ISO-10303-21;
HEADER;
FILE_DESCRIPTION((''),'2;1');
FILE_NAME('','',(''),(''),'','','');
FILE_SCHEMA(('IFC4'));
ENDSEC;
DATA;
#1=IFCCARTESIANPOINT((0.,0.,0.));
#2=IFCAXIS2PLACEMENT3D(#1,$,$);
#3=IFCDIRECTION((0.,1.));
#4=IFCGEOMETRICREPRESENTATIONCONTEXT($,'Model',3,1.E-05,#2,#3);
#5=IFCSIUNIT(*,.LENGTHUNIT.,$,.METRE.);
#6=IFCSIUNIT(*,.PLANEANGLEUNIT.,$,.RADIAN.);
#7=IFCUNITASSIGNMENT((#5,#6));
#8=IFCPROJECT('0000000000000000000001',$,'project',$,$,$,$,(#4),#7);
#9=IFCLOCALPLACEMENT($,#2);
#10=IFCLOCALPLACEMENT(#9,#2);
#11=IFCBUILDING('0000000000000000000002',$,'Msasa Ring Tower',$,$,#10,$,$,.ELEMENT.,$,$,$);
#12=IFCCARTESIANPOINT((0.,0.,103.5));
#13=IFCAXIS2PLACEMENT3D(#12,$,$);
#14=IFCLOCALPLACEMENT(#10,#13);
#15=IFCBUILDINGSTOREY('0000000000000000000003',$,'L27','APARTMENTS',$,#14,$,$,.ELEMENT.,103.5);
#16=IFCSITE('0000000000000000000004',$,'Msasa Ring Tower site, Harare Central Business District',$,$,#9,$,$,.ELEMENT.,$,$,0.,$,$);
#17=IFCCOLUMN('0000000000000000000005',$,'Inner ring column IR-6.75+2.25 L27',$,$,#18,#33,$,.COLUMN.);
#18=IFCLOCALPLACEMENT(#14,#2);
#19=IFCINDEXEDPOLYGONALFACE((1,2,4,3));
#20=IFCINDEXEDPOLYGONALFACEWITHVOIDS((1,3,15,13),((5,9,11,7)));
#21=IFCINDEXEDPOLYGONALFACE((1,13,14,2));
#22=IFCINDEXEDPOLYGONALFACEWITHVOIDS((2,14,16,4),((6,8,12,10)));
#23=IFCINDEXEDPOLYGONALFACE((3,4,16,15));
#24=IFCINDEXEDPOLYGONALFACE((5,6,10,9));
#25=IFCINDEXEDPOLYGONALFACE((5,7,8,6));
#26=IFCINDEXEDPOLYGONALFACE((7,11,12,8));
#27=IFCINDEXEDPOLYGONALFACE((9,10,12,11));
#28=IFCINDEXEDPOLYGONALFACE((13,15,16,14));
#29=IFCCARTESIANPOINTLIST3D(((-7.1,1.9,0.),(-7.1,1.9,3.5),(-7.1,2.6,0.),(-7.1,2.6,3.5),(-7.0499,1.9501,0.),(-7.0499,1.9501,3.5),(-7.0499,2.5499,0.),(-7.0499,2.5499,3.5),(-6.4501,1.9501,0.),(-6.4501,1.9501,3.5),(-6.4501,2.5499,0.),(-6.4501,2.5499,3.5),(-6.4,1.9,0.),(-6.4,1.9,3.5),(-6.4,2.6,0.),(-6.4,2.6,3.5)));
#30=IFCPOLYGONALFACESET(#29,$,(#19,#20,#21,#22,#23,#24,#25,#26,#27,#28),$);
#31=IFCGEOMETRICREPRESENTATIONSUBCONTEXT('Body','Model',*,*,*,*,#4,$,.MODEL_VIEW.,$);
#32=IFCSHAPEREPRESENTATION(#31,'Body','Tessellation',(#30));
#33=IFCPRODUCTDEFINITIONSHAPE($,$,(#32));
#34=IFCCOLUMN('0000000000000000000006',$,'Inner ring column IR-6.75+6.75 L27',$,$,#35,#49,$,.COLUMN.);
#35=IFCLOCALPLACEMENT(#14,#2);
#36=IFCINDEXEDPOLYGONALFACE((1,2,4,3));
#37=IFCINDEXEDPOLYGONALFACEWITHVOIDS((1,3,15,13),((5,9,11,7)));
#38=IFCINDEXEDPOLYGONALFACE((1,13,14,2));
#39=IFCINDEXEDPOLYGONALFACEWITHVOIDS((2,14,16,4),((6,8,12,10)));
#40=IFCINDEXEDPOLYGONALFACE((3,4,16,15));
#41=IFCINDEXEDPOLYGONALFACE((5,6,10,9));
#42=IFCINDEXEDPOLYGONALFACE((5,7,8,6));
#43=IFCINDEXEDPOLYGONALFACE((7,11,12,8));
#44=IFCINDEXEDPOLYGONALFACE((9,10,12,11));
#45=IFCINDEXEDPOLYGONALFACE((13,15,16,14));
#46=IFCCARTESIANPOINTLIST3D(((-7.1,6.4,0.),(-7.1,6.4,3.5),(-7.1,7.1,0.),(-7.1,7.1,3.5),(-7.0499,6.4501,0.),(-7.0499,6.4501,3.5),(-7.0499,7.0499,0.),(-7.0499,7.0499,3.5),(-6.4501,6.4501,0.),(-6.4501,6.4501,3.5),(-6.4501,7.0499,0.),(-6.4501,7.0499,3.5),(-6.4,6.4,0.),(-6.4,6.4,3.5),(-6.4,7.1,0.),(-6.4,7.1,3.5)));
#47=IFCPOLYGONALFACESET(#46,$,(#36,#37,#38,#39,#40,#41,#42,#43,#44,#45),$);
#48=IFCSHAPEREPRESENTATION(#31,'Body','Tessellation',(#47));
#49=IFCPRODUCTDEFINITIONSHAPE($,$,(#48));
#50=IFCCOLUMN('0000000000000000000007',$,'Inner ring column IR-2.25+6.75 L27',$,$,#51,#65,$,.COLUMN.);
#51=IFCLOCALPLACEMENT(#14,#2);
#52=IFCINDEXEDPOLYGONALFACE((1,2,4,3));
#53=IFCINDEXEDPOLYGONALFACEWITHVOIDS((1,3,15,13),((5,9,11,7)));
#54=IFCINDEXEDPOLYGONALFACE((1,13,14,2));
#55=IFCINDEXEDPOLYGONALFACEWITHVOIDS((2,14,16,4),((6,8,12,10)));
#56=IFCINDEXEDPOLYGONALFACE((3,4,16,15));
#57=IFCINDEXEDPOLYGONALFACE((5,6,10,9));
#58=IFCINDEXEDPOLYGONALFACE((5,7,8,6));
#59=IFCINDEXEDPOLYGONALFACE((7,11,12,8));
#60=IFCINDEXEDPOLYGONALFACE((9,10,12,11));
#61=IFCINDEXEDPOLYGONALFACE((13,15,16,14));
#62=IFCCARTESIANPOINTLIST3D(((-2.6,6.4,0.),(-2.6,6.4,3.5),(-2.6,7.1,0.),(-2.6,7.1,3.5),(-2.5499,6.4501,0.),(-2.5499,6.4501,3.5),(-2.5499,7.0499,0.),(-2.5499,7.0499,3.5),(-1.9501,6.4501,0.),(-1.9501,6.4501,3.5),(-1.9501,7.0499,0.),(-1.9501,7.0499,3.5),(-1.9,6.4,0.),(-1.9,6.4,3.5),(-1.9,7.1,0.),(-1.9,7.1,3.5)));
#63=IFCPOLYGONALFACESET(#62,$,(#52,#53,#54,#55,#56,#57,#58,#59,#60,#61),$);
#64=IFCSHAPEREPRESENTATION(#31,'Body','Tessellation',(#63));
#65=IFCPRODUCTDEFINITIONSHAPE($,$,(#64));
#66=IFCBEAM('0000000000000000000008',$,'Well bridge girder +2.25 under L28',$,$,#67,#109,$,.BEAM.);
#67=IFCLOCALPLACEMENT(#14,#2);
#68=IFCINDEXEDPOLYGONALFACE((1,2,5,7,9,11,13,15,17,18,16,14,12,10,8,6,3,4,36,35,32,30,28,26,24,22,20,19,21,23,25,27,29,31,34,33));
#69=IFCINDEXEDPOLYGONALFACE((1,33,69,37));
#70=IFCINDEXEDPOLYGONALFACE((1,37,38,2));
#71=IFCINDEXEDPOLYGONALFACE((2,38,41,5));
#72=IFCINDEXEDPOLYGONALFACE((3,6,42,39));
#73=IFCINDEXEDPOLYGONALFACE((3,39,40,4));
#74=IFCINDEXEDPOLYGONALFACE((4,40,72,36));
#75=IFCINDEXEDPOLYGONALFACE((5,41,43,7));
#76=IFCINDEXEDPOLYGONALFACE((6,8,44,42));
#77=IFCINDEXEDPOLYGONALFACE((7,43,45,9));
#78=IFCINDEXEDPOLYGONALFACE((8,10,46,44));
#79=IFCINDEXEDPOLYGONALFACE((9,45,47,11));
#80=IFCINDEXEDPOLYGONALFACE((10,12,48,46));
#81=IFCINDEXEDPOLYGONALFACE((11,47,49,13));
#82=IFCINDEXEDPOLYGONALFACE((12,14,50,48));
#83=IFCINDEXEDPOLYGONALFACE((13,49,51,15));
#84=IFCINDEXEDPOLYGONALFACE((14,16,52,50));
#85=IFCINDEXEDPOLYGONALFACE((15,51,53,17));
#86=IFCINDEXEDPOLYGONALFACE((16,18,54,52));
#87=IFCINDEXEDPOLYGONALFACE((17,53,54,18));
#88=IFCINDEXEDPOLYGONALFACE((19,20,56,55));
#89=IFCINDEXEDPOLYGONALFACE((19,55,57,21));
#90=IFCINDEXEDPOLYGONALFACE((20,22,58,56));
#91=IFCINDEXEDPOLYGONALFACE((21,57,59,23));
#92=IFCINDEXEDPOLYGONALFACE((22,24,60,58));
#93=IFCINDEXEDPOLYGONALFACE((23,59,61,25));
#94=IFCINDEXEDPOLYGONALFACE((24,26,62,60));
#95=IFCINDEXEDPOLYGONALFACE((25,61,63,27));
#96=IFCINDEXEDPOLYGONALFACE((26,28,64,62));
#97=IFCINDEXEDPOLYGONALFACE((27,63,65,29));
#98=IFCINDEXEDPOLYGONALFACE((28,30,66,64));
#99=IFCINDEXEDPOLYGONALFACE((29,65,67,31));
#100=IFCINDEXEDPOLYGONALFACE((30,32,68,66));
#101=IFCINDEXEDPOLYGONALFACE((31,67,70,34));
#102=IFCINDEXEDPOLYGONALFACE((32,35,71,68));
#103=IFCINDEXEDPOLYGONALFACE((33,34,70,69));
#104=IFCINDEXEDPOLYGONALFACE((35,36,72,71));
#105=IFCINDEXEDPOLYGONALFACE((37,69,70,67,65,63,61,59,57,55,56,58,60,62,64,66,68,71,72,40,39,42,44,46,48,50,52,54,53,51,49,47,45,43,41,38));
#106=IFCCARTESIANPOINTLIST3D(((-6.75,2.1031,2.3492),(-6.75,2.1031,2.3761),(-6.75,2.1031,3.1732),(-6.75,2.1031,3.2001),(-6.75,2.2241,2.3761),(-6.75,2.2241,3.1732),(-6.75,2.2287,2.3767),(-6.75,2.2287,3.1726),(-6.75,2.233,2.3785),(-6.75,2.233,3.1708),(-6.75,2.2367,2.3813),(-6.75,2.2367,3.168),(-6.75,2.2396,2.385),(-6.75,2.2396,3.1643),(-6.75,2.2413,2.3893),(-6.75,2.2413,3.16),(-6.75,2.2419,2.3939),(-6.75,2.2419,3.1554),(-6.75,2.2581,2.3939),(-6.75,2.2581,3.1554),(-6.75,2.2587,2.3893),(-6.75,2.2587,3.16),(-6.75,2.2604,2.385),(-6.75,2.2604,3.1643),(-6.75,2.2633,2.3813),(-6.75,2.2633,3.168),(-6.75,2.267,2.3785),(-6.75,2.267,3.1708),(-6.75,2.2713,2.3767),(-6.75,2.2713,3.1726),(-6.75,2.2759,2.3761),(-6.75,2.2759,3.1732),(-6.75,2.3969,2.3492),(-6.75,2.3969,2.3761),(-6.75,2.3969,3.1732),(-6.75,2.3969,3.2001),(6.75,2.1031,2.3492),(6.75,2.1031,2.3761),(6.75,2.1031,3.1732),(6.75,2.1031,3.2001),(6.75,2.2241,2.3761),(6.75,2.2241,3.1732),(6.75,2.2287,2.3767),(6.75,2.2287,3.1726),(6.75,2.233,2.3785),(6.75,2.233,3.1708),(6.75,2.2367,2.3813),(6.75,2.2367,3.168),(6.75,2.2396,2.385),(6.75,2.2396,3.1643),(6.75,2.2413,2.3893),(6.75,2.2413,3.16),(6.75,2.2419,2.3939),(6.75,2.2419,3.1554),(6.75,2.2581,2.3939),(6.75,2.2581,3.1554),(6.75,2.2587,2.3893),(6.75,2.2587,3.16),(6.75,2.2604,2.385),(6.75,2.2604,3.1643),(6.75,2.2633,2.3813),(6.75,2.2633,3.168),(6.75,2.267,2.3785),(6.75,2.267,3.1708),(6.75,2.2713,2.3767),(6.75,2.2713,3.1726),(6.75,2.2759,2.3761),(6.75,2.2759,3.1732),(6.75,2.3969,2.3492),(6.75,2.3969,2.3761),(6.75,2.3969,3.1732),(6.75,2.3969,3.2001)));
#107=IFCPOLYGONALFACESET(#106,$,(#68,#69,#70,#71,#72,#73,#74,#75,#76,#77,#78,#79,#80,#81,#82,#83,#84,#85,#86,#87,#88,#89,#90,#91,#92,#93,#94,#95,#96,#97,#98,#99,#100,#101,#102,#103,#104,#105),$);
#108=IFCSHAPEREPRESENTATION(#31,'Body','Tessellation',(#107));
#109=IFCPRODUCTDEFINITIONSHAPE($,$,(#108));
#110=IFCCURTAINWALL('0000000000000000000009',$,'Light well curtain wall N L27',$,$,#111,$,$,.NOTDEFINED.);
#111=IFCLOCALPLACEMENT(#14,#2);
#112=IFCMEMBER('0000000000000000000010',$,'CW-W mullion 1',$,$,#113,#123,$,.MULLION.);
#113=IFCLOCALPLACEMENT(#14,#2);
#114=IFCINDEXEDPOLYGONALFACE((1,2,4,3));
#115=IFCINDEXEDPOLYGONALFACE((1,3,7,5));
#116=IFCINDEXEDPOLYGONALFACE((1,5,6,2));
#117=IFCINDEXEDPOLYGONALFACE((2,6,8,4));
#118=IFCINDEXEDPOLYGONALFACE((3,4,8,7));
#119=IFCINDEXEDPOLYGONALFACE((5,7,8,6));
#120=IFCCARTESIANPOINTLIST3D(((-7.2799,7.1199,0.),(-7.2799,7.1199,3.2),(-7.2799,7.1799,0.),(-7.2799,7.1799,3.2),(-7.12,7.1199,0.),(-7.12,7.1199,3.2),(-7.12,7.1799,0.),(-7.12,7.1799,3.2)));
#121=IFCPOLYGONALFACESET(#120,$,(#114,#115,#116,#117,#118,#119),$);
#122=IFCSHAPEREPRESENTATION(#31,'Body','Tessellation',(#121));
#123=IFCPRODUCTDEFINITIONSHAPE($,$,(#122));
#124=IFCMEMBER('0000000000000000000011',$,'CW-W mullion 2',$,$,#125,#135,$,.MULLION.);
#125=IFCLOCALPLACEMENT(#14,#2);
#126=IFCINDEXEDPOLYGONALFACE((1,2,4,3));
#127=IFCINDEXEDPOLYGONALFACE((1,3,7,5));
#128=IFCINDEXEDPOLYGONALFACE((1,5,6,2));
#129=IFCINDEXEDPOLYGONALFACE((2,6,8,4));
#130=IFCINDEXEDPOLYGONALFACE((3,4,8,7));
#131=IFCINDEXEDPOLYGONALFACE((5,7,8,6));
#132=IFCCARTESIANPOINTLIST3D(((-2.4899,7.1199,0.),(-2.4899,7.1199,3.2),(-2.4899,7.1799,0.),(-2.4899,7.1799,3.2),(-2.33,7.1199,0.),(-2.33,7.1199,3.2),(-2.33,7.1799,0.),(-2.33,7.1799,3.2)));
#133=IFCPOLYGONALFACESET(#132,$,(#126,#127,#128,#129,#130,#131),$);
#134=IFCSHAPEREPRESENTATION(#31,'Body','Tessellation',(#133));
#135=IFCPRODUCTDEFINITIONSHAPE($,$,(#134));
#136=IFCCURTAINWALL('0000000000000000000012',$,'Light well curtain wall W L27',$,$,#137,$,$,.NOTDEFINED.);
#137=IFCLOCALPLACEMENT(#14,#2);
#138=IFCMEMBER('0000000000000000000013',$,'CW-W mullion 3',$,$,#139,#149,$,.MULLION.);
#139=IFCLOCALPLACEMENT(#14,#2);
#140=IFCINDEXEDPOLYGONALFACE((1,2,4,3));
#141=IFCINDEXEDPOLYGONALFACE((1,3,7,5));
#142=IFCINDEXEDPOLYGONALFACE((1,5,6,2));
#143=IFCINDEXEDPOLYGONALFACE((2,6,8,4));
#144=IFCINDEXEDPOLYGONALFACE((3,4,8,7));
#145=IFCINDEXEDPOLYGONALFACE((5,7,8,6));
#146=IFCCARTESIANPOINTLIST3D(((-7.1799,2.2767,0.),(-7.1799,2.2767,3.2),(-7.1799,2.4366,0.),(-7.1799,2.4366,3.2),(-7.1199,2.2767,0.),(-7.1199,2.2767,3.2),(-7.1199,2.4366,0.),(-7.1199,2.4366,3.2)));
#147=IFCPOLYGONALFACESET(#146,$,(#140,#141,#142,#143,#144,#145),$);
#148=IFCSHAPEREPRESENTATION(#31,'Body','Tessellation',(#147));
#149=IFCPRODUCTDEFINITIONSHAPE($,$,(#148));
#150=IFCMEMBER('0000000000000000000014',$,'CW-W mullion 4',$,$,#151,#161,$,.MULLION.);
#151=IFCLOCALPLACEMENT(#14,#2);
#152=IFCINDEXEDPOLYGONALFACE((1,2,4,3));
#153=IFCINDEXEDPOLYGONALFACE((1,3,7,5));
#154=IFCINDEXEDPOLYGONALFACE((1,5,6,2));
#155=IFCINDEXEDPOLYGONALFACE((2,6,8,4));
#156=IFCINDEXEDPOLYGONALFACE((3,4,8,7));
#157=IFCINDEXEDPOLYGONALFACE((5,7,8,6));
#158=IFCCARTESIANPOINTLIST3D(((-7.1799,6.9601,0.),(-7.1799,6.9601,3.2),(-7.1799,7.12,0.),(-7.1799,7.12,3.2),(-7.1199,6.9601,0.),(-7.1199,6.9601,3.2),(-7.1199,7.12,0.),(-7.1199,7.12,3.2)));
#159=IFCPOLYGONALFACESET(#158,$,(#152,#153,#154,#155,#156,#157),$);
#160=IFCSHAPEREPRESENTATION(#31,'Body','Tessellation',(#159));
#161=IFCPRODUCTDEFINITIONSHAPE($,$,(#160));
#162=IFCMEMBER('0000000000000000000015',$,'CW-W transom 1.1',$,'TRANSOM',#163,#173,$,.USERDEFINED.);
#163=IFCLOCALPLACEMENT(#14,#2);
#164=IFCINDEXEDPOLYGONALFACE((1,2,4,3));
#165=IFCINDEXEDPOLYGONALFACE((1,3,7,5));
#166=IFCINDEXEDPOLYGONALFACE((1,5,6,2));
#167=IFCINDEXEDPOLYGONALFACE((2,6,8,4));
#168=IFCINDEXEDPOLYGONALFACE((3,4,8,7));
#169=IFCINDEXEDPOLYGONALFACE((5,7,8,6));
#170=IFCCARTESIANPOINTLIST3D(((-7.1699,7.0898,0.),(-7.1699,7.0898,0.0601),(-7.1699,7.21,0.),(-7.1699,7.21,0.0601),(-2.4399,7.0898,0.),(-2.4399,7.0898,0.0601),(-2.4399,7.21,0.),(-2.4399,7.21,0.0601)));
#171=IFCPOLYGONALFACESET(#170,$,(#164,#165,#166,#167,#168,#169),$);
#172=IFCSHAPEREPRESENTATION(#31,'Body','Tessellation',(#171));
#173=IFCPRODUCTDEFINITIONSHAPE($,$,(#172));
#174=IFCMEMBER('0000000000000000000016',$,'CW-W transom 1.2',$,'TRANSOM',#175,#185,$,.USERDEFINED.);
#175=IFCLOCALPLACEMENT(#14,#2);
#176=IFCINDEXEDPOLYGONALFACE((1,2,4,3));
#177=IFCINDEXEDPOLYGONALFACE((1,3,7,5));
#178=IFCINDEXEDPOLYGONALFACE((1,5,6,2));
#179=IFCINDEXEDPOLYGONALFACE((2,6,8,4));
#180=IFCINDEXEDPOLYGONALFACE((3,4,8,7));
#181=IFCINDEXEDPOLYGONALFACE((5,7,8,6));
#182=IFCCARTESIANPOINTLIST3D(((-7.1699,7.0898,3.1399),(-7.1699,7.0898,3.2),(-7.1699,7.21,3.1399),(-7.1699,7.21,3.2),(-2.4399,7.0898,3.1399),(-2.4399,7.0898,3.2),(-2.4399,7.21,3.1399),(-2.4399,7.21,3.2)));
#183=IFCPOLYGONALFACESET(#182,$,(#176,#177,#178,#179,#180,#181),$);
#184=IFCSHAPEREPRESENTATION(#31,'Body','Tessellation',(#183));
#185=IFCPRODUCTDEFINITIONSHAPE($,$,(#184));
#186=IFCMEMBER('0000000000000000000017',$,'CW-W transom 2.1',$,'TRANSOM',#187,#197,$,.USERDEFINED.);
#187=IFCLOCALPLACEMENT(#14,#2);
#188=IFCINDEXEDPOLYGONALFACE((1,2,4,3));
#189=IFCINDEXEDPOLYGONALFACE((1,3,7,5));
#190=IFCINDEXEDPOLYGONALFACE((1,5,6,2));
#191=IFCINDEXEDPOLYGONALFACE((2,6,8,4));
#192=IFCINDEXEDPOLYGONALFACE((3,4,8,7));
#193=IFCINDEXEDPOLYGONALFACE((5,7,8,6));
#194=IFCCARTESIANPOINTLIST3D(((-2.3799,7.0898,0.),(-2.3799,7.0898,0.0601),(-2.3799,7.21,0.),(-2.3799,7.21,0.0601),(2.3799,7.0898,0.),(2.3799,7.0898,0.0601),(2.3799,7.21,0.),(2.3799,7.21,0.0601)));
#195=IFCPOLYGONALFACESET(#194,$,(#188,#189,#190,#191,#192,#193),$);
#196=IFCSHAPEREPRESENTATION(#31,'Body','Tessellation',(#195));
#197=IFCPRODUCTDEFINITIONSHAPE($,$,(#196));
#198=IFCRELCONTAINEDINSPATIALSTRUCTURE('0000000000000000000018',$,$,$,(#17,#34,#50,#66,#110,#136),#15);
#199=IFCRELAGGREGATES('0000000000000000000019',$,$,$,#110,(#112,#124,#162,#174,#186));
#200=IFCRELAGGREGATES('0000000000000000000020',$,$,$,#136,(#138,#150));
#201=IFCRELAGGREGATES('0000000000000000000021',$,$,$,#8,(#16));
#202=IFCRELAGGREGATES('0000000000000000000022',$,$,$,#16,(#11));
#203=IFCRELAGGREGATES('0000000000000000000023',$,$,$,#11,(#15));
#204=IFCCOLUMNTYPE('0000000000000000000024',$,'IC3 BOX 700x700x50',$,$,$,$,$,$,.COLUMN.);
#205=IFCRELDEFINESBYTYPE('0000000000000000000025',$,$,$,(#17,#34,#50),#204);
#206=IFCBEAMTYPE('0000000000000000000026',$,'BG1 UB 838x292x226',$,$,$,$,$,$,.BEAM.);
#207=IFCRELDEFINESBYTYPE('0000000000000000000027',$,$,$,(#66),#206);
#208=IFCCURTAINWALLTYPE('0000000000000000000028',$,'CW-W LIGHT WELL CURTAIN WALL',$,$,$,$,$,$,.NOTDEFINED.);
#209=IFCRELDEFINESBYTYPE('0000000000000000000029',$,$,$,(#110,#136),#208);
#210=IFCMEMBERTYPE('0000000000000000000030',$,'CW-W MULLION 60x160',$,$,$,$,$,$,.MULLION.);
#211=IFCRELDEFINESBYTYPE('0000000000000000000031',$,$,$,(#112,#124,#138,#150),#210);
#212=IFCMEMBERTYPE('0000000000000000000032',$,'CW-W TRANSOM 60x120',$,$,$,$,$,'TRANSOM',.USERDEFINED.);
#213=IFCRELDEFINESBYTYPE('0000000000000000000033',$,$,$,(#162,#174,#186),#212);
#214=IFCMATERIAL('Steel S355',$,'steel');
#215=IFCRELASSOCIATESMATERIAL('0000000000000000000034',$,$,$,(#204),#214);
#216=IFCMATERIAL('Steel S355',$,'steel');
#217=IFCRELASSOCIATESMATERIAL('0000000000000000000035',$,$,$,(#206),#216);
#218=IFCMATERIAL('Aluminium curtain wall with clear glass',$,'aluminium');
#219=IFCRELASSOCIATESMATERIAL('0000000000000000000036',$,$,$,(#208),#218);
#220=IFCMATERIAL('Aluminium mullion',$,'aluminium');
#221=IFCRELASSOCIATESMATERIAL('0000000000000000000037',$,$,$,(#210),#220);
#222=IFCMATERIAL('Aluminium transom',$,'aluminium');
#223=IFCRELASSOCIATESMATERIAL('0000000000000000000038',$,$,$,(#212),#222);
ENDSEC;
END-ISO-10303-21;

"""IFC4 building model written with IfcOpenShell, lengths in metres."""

from ifc_helpers import new_model, si_unit, direction, frame, origin, origin_2d, place, context, subcontext, project, spatial, rectangle, hollow_rectangle, i_section, extrude, material, material_profile, profile_set, type_object, element, aggregate, save


model = new_model("IFC4")

# Units and contexts
model_context = context("Model", 3, precision=1e-05, world=origin(), true_north=direction((0.0, 1.0)))
body_context = subcontext(model_context, "Body", "Model", "MODEL_VIEW")
ifc_project = project(units=[si_unit("LENGTHUNIT", "METRE"), si_unit("PLANEANGLEUNIT", "RADIAN")], contexts=[model_context])

# Site, building, storey
site_placement = place(None, origin())
site = spatial("IfcSite", under=ifc_project, at=site_placement, Name="Msasa Ring Tower site, Harare Central Business District", CompositionType="ELEMENT", RefElevation=0.0)
building_placement = place(site_placement, origin())
building = spatial("IfcBuilding", under=site, at=building_placement, Name="Msasa Ring Tower", CompositionType="ELEMENT")
storey_placement = place(building_placement, frame((0.0, 0.0, 103.5)))
storey = spatial("IfcBuildingStorey", under=building, at=storey_placement, Name="L27", Description="APARTMENTS", CompositionType="ELEMENT", Elevation=103.5)

# Columns
ifc_material_1 = material(Name="Steel S355", Category="steel")
ifc_material_profile_1 = material_profile(ifc_material_1, hollow_rectangle(XDim=0.7, YDim=0.7, WallThickness=0.05, at=origin_2d()), Name="BOX 700x700x50")
ifc_profile_set_1 = profile_set([ifc_material_profile_1], Name="Steel S355")
column_type = type_object("IfcColumnType", Name="IC3 BOX 700x700x50", PredefinedType="COLUMN", material=ifc_profile_set_1)
for number, where, z_axis, x_axis, name in (
    (1, (-6.75, 2.25, 0.0), (0.0, 0.0, 1.0), (1.0, 0.0, 0.0), "Inner ring column IR-6.75+2.25 L27"),
    (2, (-6.75, 6.75, 0.0), (0.0, 0.0, 1.0), (1.0, 0.0, 0.0), "Inner ring column IR-6.75+6.75 L27"),
    (3, (-2.25, 6.75, 0.0), (0.0, 0.0, 1.0), (1.0, 0.0, 0.0), "Inner ring column IR-2.25+6.75 L27"),
):
    element("IfcColumn", number, at=place(storey_placement, frame(where, z_axis=z_axis, x_axis=x_axis)), inside=storey, type_object=column_type, Name=name, PredefinedType="COLUMN", context=body_context, shape_type="SweptSolid", body=[
        extrude(hollow_rectangle(XDim=0.7, YDim=0.7, WallThickness=0.05, at=origin_2d()), origin(), (0.0, 0.0, 1.0), 3.5),
    ])

# Beam
ifc_material_2 = material(Name="Steel S355", Category="steel")
ifc_material_profile_2 = material_profile(ifc_material_2, i_section(OverallWidth=0.2937, OverallDepth=0.8508, WebThickness=0.0161, FlangeThickness=0.0269, FilletRadius=0.0178, at=origin_2d()), Name="UB 838x292x226")
ifc_profile_set_2 = profile_set([ifc_material_profile_2], Name="Steel S355")
beam_type_1 = type_object("IfcBeamType", Name="BG1 UB 838x292x226", PredefinedType="BEAM", material=ifc_profile_set_2)
beam_placement = place(storey_placement, frame((-6.75, 2.25, 2.7747), z_axis=(1.0, 0.0, 0.0), x_axis=(0.0, 1.0, 0.0)))
element("IfcBeam", 4, at=beam_placement, inside=storey, type_object=beam_type_1, Name="Well bridge girder +2.25 under L28", PredefinedType="BEAM", context=body_context, shape_type="SweptSolid", body=[
    extrude(i_section(OverallWidth=0.2937, OverallDepth=0.8508, WebThickness=0.0161, FlangeThickness=0.0269, FilletRadius=0.0178, at=origin_2d()), origin(), (0.0, 0.0, 1.0), 13.5),
])

# Curtain walls, members
ifc_material_3 = material(Name="Aluminium curtain wall with clear glass", Category="aluminium")
curtain_wall_type = type_object("IfcCurtainWallType", Name="CW-W LIGHT WELL CURTAIN WALL", PredefinedType="NOTDEFINED", material=ifc_material_3)
curtain_wall_1_placement = place(storey_placement, origin())
curtain_wall_1 = element("IfcCurtainWall", 5, at=curtain_wall_1_placement, inside=storey, type_object=curtain_wall_type, Name="Light well curtain wall N L27", PredefinedType="NOTDEFINED")
ifc_material_4 = material(Name="Aluminium mullion", Category="aluminium")
ifc_material_profile_3 = material_profile(ifc_material_4, rectangle(XDim=0.0601, YDim=0.1599, at=origin_2d()), Name="AL 60x160")
ifc_profile_set_3 = profile_set([ifc_material_profile_3], Name="Aluminium mullion")
member_type_1 = type_object("IfcMemberType", Name="CW-W MULLION 60x160", PredefinedType="MULLION", material=ifc_profile_set_3)
member_1_placement = place(storey_placement, frame((-7.2, 7.1499, 0.0), z_axis=(0.0, 0.0, 1.0), x_axis=(0.0, 1.0, 0.0)))
member_1 = element("IfcMember", 6, at=member_1_placement, type_object=member_type_1, Name="CW-W mullion 1", PredefinedType="MULLION", context=body_context, shape_type="SweptSolid", body=[
    extrude(rectangle(XDim=0.0601, YDim=0.1599, at=origin_2d()), origin(), (0.0, 0.0, 1.0), 3.2),
])
member_2_placement = place(storey_placement, frame((-2.4099, 7.1499, 0.0), z_axis=(0.0, 0.0, 1.0), x_axis=(0.0, 1.0, 0.0)))
member_2 = element("IfcMember", 7, at=member_2_placement, type_object=member_type_1, Name="CW-W mullion 2", PredefinedType="MULLION", context=body_context, shape_type="SweptSolid", body=[
    extrude(rectangle(XDim=0.0601, YDim=0.1599, at=origin_2d()), origin(), (0.0, 0.0, 1.0), 3.2),
])
curtain_wall_2_placement = place(storey_placement, origin())
curtain_wall_2 = element("IfcCurtainWall", 8, at=curtain_wall_2_placement, inside=storey, type_object=curtain_wall_type, Name="Light well curtain wall W L27", PredefinedType="NOTDEFINED")
member_3_placement = place(storey_placement, frame((-7.1499, 2.3567, 0.0), z_axis=(0.0, 0.0, 1.0), x_axis=(-1.0, 0.0, 0.0)))
member_3 = element("IfcMember", 9, at=member_3_placement, type_object=member_type_1, Name="CW-W mullion 3", PredefinedType="MULLION", context=body_context, shape_type="SweptSolid", body=[
    extrude(rectangle(XDim=0.0601, YDim=0.1599, at=origin_2d()), origin(), (0.0, 0.0, 1.0), 3.2),
])
member_4_placement = place(storey_placement, frame((-7.1499, 7.04, 0.0), z_axis=(0.0, 0.0, 1.0), x_axis=(-1.0, 0.0, 0.0)))
member_4 = element("IfcMember", 10, at=member_4_placement, type_object=member_type_1, Name="CW-W mullion 4", PredefinedType="MULLION", context=body_context, shape_type="SweptSolid", body=[
    extrude(rectangle(XDim=0.0601, YDim=0.1599, at=origin_2d()), origin(), (0.0, 0.0, 1.0), 3.2),
])

# Members
ifc_material_5 = material(Name="Aluminium transom", Category="aluminium")
ifc_material_profile_4 = material_profile(ifc_material_5, rectangle(XDim=0.1201, YDim=0.0601, at=origin_2d()), Name="AL 60x120")
ifc_profile_set_4 = profile_set([ifc_material_profile_4], Name="Aluminium transom")
member_type_2 = type_object("IfcMemberType", Name="CW-W TRANSOM 60x120", ElementType="TRANSOM", PredefinedType="USERDEFINED", material=ifc_profile_set_4)
member_5_placement = place(storey_placement, frame((-7.1699, 7.1499, 0.03), z_axis=(1.0, 0.0, 0.0), x_axis=(0.0, 1.0, 0.0)))
member_5 = element("IfcMember", 11, at=member_5_placement, type_object=member_type_2, Name="CW-W transom 1.1", ObjectType="TRANSOM", PredefinedType="USERDEFINED", context=body_context, shape_type="SweptSolid", body=[
    extrude(rectangle(XDim=0.1201, YDim=0.0601, at=origin_2d()), origin(), (0.0, 0.0, 1.0), 4.73),
])
member_6_placement = place(storey_placement, frame((-7.1699, 7.1499, 3.1699), z_axis=(1.0, 0.0, 0.0), x_axis=(0.0, 1.0, 0.0)))
member_6 = element("IfcMember", 12, at=member_6_placement, type_object=member_type_2, Name="CW-W transom 1.2", ObjectType="TRANSOM", PredefinedType="USERDEFINED", context=body_context, shape_type="SweptSolid", body=[
    extrude(rectangle(XDim=0.1201, YDim=0.0601, at=origin_2d()), origin(), (0.0, 0.0, 1.0), 4.73),
])
member_7_placement = place(storey_placement, frame((-2.3799, 7.1499, 0.03), z_axis=(1.0, 0.0, 0.0), x_axis=(0.0, 1.0, 0.0)))
member_7 = element("IfcMember", 13, at=member_7_placement, type_object=member_type_2, Name="CW-W transom 2.1", ObjectType="TRANSOM", PredefinedType="USERDEFINED", context=body_context, shape_type="SweptSolid", body=[
    extrude(rectangle(XDim=0.1201, YDim=0.0601, at=origin_2d()), origin(), (0.0, 0.0, 1.0), 4.7598),
])

aggregate(curtain_wall_1, [member_1, member_2, member_5, member_6, member_7])
aggregate(curtain_wall_2, [member_3, member_4])

save(model, "model.ifc")
